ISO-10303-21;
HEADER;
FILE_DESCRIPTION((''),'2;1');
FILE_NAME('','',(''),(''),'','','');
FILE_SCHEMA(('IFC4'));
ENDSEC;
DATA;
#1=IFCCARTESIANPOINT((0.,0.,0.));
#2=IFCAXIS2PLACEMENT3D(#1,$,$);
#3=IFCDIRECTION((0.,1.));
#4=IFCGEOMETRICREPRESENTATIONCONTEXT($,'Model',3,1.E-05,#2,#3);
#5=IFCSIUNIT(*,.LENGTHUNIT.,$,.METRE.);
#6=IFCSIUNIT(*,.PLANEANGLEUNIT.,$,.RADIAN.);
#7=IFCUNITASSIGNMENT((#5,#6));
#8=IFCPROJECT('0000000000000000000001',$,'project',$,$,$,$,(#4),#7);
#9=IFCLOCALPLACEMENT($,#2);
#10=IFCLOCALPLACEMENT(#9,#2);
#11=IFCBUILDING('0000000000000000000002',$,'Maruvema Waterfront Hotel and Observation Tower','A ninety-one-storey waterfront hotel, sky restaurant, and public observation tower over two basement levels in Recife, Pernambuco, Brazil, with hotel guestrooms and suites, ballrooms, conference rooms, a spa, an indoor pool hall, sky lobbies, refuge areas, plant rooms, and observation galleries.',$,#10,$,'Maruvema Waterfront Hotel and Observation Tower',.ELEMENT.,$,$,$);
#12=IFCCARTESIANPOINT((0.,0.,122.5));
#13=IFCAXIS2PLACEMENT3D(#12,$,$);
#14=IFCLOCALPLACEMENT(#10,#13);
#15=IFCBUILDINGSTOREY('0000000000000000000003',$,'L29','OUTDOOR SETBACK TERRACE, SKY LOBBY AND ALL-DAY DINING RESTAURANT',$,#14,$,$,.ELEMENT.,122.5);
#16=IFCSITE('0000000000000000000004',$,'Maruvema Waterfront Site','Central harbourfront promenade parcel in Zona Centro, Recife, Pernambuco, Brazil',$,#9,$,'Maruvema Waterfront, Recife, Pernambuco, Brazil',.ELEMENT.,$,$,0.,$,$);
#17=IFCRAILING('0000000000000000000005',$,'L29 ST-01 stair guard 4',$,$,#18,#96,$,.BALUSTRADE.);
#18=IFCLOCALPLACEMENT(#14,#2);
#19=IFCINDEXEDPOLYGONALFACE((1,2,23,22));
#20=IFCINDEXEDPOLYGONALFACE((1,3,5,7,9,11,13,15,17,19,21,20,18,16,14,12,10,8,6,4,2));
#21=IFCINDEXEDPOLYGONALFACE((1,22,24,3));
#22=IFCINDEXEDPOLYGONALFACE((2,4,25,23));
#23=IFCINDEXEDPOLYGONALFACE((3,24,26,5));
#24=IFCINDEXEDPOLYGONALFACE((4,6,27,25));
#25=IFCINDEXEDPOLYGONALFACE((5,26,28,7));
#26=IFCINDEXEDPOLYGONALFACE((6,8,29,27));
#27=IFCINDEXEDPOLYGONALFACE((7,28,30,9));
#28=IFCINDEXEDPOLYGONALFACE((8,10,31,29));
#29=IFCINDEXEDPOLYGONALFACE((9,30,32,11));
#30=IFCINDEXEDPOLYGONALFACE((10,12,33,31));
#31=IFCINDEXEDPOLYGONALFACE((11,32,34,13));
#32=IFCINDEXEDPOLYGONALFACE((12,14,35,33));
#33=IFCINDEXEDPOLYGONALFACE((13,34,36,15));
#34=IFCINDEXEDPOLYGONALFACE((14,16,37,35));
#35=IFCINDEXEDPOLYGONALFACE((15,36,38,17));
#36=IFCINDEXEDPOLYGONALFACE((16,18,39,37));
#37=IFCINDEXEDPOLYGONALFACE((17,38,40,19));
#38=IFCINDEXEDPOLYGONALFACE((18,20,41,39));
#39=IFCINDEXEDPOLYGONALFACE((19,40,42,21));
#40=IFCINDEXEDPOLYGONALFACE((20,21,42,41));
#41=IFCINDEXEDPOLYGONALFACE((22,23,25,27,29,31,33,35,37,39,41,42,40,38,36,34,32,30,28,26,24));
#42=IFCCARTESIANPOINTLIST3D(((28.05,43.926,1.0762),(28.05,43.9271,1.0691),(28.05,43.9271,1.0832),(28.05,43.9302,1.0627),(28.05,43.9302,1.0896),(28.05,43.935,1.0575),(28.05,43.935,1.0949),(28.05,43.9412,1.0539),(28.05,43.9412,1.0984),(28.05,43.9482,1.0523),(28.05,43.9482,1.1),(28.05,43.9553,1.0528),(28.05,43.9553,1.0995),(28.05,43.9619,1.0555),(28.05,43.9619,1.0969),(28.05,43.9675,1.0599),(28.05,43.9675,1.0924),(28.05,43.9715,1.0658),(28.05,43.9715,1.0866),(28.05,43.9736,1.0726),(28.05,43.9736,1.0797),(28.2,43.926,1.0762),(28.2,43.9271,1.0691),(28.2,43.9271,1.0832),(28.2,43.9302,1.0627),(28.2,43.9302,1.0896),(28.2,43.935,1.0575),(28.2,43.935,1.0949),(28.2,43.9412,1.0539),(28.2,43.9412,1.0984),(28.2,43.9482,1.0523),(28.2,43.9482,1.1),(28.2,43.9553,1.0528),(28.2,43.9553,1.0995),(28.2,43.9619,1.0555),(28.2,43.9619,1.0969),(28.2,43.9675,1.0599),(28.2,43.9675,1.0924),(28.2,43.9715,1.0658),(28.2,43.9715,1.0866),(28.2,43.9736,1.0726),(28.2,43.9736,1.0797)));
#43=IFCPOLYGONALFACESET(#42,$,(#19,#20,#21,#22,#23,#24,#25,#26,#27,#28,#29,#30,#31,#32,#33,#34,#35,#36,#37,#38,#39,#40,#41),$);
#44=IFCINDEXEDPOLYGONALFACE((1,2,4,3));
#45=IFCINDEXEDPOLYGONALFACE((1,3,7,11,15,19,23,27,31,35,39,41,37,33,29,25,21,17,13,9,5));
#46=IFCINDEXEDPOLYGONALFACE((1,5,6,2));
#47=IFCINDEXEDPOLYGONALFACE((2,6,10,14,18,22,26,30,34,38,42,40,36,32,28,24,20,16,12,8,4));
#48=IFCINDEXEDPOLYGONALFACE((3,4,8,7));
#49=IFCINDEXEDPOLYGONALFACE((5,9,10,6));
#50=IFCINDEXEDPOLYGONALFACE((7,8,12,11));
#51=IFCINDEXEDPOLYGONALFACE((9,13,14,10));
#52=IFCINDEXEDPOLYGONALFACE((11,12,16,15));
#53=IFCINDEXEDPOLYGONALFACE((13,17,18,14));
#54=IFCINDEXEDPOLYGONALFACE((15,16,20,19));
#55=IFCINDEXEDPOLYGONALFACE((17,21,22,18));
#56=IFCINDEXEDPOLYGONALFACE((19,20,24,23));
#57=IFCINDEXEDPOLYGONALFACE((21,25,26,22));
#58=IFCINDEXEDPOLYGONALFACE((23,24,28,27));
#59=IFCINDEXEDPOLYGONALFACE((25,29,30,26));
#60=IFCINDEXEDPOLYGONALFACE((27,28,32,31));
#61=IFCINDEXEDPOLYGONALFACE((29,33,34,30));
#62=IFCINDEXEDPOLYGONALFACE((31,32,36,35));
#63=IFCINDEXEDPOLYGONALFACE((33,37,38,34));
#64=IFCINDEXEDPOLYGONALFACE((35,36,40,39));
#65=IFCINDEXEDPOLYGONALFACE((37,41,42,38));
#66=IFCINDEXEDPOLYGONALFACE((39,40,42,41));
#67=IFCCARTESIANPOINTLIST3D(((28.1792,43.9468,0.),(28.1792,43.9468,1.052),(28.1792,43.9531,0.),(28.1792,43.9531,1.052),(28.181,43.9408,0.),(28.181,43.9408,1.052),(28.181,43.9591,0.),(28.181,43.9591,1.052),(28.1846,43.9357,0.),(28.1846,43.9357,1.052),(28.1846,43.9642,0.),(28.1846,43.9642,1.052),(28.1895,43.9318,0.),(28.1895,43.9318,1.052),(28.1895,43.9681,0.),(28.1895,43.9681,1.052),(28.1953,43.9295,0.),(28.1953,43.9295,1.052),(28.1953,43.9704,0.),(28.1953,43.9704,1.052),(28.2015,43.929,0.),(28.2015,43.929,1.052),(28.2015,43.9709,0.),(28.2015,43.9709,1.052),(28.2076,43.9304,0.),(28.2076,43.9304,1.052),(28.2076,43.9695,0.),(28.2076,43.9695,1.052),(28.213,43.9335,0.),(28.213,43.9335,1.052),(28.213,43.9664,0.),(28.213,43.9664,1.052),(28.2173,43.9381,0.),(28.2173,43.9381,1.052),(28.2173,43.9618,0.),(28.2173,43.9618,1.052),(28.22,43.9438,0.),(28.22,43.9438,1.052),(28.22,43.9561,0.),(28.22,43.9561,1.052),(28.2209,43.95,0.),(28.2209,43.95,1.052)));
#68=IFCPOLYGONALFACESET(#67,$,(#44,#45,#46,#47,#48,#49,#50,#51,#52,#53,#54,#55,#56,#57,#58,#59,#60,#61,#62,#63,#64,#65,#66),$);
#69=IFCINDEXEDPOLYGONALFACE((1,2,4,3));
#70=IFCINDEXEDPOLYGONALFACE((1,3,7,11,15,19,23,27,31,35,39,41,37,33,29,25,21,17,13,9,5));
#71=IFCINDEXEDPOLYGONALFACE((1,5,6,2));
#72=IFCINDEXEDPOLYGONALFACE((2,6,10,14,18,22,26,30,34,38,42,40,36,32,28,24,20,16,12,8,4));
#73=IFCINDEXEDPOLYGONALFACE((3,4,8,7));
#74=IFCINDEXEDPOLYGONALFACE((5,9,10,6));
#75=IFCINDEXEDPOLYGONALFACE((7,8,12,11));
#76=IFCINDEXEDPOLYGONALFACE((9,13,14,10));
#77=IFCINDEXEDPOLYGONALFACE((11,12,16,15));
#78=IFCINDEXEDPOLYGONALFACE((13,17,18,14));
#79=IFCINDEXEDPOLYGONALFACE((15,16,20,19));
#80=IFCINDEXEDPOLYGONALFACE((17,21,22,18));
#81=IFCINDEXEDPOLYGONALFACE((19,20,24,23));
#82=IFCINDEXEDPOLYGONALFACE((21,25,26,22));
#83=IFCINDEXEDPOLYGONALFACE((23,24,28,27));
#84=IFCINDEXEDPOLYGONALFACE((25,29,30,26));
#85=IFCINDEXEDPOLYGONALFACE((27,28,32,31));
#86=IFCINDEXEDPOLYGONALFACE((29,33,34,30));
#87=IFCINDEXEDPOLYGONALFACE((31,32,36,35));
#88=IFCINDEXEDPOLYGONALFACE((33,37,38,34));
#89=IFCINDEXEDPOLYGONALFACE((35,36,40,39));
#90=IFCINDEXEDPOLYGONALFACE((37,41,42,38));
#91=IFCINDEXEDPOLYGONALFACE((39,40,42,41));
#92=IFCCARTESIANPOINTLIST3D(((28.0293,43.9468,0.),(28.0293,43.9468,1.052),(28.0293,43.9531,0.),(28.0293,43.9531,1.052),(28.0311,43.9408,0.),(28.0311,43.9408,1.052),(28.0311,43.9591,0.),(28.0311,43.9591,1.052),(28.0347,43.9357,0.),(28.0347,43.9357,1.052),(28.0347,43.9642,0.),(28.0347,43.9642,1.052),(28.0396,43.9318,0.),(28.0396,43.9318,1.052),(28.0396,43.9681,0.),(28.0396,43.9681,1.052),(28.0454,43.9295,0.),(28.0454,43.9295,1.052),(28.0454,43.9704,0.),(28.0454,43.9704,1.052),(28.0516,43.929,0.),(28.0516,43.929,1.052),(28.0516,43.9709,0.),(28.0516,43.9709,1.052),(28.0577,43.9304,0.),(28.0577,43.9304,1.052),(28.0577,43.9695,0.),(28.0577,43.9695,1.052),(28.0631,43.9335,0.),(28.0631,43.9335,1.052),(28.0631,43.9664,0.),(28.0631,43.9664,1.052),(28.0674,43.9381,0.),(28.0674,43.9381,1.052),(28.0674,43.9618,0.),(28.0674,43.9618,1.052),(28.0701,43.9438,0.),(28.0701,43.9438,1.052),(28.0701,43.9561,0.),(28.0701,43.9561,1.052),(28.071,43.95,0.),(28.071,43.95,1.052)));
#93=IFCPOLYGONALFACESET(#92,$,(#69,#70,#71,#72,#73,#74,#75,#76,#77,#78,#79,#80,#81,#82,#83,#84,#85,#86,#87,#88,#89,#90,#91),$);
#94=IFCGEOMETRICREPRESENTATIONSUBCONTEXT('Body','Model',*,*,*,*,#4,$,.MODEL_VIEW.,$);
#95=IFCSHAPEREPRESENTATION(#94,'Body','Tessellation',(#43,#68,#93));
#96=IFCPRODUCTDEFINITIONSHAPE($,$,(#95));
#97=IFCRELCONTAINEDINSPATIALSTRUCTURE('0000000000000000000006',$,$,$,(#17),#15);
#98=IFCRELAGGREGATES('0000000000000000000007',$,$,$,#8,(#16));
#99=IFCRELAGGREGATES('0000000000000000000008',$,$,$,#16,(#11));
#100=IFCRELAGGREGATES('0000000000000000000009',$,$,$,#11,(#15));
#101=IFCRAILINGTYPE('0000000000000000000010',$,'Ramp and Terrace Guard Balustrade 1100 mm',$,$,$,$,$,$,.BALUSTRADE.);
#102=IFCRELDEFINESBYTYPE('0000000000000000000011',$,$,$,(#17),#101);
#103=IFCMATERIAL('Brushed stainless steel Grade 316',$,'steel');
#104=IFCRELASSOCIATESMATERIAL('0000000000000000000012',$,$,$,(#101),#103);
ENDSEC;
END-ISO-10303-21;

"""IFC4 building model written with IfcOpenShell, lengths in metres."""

from ifc_helpers import new_model, si_unit, direction, frame, origin, origin_2d, place, context, subcontext, project, spatial, circle, extrude, material, type_object, element, save


model = new_model("IFC4")

# Units and contexts
model_context = context("Model", 3, precision=1e-05, world=origin(), true_north=direction((0.0, 1.0)))
body_context = subcontext(model_context, "Body", "Model", "MODEL_VIEW")
ifc_project = project(units=[si_unit("LENGTHUNIT", "METRE"), si_unit("PLANEANGLEUNIT", "RADIAN")], contexts=[model_context])

# Site, building, storey
site_placement = place(None, origin())
site = spatial("IfcSite", under=ifc_project, at=site_placement, Name="Maruvema Waterfront Site", Description="Central harbourfront promenade parcel in Zona Centro, Recife, Pernambuco, Brazil", LongName="Maruvema Waterfront, Recife, Pernambuco, Brazil", CompositionType="ELEMENT", RefElevation=0.0)
building_placement = place(site_placement, origin())
building = spatial("IfcBuilding", under=site, at=building_placement, Name="Maruvema Waterfront Hotel and Observation Tower", Description="A ninety-one-storey waterfront hotel, sky restaurant, and public observation tower over two basement levels in Recife, Pernambuco, Brazil, with hotel guestrooms and suites, ballrooms, conference rooms, a spa, an indoor pool hall, sky lobbies, refuge areas, plant rooms, and observation galleries.", LongName="Maruvema Waterfront Hotel and Observation Tower", CompositionType="ELEMENT")
storey_placement = place(building_placement, frame((0.0, 0.0, 122.5)))
storey = spatial("IfcBuildingStorey", under=building, at=storey_placement, Name="L29", Description="OUTDOOR SETBACK TERRACE, SKY LOBBY AND ALL-DAY DINING RESTAURANT", CompositionType="ELEMENT", Elevation=122.5)

# Railing
ifc_material_1 = material(Name="Brushed stainless steel Grade 316", Category="steel")
railing_type_1 = type_object("IfcRailingType", Name="Ramp and Terrace Guard Balustrade 1100 mm", PredefinedType="BALUSTRADE", material=ifc_material_1)
railing_1_placement = place(storey_placement, frame((28.2, 43.95, 0.0)))
element("IfcRailing", 1, at=railing_1_placement, inside=storey, type_object=railing_type_1, Name="L29 ST-01 stair guard 4", PredefinedType="BALUSTRADE", context=body_context, shape_type="SweptSolid", body=[
    extrude(circle(Radius=0.0239, at=origin_2d()), frame((0.0, 0.0, 1.0762), z_axis=(-1.0, 0.0, 0.0), x_axis=(0.0, -1.0, 0.0)), (0.0, 0.0, 1.0), 0.1499),
    extrude(circle(Radius=0.021, at=origin_2d()), origin(), (0.0, 0.0, 1.0), 1.052),
    extrude(circle(Radius=0.021, at=origin_2d()), frame((-0.1499, 0.0, 0.0)), (0.0, 0.0, 1.0), 1.052),
])

save(model, "model.ifc")
